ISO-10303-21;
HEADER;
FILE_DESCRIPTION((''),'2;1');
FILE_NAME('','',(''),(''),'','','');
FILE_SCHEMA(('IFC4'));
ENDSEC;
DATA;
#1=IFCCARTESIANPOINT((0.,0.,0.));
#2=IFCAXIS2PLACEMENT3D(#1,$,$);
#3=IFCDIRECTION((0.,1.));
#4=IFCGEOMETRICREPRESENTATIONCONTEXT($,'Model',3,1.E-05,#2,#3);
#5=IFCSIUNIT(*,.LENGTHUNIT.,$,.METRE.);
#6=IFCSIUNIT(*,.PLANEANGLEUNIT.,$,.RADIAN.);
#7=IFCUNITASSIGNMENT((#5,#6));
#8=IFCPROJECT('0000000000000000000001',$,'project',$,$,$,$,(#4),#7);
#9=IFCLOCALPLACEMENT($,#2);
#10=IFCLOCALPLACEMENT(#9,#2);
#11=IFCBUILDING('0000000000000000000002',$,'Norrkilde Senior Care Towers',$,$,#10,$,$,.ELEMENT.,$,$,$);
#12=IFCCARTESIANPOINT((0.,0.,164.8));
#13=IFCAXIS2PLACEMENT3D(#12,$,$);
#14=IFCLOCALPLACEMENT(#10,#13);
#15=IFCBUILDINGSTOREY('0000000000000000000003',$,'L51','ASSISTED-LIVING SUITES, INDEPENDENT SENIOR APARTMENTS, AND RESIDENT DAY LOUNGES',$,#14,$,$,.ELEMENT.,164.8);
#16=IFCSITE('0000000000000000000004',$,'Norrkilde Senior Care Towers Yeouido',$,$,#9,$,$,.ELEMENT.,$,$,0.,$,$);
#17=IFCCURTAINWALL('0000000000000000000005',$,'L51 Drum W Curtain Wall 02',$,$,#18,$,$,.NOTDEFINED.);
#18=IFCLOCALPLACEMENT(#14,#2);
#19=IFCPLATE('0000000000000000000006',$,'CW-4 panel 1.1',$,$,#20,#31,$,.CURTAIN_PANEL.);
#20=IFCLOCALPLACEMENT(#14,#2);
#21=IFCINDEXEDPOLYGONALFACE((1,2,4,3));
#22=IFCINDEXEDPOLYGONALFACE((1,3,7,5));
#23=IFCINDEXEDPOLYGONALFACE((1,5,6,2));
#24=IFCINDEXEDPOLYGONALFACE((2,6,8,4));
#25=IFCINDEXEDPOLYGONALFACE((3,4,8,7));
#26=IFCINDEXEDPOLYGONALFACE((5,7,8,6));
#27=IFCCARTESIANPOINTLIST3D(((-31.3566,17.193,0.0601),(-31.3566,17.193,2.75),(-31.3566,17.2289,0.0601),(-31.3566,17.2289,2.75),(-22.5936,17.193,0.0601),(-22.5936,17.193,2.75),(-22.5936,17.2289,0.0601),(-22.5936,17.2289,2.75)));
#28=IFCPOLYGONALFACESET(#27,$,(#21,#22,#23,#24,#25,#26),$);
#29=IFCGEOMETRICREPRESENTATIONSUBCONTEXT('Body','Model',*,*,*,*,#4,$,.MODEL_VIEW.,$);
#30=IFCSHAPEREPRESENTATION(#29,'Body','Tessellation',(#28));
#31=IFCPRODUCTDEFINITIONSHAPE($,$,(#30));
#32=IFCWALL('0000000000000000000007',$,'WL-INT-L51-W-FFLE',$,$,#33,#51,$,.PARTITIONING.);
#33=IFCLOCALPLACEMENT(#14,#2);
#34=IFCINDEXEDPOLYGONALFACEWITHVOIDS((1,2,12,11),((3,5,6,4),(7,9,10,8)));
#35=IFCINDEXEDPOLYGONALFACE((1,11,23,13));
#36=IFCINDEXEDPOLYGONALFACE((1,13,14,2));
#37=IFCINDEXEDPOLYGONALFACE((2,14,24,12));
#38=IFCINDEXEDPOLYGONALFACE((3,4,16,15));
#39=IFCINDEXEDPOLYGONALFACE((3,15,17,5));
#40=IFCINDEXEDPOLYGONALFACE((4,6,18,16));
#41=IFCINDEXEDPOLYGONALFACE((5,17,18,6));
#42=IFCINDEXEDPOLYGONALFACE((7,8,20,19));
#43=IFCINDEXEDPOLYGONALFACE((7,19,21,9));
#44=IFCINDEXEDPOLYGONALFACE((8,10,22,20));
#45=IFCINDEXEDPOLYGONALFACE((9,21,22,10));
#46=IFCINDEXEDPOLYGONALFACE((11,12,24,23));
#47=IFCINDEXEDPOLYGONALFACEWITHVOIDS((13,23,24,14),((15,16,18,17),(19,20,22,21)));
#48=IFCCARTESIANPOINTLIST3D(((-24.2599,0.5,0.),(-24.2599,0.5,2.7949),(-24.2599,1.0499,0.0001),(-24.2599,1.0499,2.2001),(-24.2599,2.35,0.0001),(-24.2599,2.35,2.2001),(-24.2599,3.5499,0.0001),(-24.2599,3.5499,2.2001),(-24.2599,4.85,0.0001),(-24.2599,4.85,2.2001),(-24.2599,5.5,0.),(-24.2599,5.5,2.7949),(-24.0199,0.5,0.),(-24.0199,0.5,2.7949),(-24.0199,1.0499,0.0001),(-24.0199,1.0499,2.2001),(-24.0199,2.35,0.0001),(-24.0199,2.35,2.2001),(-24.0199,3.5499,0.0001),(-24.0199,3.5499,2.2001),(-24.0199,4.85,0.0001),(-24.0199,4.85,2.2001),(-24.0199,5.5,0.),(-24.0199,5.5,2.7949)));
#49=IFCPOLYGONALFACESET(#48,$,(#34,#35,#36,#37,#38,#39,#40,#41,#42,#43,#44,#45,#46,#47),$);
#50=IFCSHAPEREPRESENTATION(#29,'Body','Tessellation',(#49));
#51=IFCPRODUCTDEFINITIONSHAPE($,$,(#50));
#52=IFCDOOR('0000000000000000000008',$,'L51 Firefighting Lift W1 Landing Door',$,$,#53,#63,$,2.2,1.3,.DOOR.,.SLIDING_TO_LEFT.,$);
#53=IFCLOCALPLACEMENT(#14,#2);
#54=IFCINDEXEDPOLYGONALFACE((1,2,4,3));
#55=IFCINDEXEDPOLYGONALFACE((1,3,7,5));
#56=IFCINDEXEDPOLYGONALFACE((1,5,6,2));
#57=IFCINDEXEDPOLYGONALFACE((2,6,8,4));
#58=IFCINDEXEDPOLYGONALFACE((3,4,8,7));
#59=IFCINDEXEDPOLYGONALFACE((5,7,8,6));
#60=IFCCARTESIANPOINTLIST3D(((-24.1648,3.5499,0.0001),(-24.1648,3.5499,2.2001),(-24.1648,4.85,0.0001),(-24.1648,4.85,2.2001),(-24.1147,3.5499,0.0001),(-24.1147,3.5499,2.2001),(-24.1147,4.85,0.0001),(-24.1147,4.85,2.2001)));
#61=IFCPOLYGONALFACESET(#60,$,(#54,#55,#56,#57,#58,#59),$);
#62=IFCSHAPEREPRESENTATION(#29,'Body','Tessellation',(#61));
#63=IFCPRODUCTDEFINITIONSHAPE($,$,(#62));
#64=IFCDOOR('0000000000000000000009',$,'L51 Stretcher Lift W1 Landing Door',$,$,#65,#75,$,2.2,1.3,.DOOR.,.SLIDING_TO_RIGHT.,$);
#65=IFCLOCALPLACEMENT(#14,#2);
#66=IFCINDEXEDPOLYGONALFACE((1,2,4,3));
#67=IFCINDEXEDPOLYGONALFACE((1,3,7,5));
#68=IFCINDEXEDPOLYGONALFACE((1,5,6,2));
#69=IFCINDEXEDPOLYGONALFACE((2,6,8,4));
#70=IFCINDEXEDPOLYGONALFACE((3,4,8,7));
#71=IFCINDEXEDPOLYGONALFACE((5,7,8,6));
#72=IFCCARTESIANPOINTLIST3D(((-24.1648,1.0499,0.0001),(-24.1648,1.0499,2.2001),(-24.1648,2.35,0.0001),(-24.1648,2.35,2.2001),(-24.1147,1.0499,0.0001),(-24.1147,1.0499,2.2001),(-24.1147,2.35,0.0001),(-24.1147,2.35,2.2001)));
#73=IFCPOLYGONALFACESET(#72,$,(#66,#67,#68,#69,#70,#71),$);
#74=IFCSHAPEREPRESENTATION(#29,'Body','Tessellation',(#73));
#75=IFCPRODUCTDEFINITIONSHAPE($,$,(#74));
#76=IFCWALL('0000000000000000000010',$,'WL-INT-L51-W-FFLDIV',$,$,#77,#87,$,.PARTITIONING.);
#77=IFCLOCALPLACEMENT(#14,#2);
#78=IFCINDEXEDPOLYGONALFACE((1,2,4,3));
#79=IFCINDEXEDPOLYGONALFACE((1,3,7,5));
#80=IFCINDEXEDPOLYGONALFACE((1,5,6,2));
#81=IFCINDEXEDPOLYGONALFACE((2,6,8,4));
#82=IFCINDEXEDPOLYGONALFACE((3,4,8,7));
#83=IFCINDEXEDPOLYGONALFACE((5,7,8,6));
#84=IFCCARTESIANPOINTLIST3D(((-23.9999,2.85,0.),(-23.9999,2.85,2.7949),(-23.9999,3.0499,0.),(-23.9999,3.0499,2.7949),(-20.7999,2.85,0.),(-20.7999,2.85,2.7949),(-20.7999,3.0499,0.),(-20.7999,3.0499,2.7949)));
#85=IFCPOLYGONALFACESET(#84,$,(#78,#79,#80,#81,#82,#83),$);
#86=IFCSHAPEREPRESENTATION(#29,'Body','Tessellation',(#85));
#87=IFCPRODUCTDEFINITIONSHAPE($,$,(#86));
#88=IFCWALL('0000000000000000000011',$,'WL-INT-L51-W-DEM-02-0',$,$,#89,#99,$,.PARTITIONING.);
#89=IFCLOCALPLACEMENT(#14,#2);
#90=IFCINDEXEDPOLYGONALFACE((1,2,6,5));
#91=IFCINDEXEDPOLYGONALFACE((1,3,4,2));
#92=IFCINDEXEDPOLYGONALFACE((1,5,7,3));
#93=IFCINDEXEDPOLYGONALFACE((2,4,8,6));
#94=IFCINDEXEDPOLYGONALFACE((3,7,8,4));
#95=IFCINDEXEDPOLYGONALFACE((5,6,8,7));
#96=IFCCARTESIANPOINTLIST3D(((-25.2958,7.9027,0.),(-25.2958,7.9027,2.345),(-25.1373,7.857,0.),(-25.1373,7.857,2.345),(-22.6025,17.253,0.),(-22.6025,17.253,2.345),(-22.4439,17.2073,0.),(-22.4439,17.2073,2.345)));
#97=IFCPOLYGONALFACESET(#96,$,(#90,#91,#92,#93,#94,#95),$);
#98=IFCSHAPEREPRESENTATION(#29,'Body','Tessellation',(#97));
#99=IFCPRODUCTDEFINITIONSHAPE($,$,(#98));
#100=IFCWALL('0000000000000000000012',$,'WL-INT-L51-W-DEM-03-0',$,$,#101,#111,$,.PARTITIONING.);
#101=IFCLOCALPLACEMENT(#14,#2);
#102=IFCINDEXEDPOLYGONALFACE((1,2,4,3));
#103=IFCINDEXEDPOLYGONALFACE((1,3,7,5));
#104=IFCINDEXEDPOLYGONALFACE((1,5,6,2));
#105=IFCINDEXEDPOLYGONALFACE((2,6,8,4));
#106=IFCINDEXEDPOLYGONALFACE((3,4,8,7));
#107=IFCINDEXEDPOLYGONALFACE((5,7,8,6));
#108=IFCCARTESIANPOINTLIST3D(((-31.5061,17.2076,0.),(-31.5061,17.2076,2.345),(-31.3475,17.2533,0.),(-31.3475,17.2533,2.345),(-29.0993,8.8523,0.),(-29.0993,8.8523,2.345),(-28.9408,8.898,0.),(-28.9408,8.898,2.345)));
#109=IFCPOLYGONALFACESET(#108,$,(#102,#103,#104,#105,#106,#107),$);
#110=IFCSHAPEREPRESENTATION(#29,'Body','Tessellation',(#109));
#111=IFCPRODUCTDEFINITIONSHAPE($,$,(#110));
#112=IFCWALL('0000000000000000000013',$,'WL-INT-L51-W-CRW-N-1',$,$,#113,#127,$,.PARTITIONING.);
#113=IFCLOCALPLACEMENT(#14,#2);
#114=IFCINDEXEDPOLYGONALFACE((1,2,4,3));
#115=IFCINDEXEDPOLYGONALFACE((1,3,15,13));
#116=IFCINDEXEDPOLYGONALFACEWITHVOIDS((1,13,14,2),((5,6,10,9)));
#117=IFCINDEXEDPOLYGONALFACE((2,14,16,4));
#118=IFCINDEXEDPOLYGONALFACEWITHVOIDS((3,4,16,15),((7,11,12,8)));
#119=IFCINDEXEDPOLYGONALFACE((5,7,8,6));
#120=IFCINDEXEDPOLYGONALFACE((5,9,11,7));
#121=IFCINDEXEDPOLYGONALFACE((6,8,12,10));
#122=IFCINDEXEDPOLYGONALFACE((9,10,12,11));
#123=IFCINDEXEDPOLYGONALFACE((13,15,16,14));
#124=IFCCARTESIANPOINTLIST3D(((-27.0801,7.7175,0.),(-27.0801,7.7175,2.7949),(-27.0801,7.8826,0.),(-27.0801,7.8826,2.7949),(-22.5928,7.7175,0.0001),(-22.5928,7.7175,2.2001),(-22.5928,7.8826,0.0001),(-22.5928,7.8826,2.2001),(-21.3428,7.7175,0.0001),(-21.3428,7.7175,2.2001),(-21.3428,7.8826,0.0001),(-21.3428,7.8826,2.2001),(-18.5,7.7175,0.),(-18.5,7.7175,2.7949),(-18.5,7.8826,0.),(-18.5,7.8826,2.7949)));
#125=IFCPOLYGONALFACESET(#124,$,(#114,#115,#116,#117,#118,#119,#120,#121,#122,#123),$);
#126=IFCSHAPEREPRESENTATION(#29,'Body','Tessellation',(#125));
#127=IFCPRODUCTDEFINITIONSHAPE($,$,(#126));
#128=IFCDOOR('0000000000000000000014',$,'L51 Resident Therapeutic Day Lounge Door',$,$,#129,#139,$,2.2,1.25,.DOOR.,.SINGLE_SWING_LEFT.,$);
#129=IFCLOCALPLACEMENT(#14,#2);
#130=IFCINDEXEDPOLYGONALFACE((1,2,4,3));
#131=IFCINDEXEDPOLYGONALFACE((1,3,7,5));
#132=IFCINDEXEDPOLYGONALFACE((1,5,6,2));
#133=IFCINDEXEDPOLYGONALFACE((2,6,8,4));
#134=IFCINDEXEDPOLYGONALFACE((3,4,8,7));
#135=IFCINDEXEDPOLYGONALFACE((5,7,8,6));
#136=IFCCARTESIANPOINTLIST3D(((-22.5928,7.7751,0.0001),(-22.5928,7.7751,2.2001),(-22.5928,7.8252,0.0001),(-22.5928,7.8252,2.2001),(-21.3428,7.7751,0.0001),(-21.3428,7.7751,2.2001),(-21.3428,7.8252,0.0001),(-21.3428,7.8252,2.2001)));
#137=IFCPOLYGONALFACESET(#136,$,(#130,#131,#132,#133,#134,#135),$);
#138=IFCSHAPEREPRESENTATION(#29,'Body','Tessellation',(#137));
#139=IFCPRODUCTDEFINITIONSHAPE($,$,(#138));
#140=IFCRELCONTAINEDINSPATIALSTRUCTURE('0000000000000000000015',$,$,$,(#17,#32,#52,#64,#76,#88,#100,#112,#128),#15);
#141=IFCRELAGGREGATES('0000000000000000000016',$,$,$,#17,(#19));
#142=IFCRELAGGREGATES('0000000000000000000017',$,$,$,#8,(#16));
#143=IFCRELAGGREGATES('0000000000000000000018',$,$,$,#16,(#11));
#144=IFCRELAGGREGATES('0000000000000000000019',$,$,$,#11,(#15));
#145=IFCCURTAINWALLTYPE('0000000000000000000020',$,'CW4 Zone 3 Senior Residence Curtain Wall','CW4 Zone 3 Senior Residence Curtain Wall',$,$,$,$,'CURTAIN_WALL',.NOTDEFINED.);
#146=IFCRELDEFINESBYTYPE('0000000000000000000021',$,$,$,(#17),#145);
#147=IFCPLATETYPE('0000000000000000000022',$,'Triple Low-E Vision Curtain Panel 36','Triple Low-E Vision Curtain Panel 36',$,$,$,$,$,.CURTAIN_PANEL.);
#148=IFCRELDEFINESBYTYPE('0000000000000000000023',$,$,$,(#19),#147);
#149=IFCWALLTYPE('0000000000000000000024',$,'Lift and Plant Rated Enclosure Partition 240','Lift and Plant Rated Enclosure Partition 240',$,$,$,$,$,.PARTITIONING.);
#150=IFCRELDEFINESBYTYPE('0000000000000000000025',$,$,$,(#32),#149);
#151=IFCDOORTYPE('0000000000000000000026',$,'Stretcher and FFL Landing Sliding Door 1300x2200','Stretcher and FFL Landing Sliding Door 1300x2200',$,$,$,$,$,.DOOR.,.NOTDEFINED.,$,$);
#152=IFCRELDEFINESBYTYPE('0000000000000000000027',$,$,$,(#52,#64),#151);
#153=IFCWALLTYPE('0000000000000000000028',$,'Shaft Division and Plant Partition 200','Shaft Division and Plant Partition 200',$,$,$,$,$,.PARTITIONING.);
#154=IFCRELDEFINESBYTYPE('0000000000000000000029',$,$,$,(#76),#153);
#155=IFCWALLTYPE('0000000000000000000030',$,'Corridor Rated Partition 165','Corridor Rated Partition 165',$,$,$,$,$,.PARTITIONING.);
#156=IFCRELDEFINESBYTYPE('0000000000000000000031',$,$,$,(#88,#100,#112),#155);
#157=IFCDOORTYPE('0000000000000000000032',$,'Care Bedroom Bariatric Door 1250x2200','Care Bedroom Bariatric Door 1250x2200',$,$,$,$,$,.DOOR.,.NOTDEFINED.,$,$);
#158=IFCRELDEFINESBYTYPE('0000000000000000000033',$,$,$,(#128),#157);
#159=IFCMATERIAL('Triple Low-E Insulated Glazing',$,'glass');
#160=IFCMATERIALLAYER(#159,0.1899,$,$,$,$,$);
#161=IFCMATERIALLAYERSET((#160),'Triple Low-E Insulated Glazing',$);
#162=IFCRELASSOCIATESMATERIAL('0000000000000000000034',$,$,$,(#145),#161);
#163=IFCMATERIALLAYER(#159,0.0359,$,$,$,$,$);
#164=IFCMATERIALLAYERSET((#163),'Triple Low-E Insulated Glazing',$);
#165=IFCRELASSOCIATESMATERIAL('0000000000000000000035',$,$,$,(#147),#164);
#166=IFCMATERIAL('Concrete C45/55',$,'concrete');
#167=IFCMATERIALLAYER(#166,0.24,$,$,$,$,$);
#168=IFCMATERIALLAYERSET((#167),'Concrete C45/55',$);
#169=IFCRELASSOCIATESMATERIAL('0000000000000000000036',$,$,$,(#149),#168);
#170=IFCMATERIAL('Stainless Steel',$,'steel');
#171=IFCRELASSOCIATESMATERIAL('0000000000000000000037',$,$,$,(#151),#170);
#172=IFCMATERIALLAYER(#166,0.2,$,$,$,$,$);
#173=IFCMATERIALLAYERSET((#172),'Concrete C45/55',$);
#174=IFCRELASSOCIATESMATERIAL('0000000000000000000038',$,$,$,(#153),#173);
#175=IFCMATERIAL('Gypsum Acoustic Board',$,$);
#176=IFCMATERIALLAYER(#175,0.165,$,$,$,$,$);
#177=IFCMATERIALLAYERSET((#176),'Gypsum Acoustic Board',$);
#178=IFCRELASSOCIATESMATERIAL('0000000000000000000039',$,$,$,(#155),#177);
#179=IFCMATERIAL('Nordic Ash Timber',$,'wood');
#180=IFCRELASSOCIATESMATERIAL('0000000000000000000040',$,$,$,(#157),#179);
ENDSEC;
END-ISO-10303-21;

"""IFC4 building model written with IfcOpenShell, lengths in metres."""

from ifc_helpers import new_model, si_unit, direction, frame, frame_2d, origin, origin_2d, place, context, subcontext, project, spatial, rectangle, extrude, source, transform, mapped, material, layer, layer_set, type_object, type_shapes, element, fill, aggregate, save


model = new_model("IFC4")

# Units and contexts
model_context = context("Model", 3, precision=1e-05, world=origin(), true_north=direction((0.0, 1.0)))
body_context = subcontext(model_context, "Body", "Model", "MODEL_VIEW")
ifc_project = project(units=[si_unit("LENGTHUNIT", "METRE"), si_unit("PLANEANGLEUNIT", "RADIAN")], contexts=[model_context])

# Site, building, storey
site_placement = place(None, origin())
site = spatial("IfcSite", under=ifc_project, at=site_placement, Name="Norrkilde Senior Care Towers Yeouido", CompositionType="ELEMENT", RefElevation=0.0)
building_placement = place(site_placement, origin())
building = spatial("IfcBuilding", under=site, at=building_placement, Name="Norrkilde Senior Care Towers", CompositionType="ELEMENT")
storey_placement = place(building_placement, frame((0.0, 0.0, 164.8)))
storey = spatial("IfcBuildingStorey", under=building, at=storey_placement, Name="L51", Description="ASSISTED-LIVING SUITES, INDEPENDENT SENIOR APARTMENTS, AND RESIDENT DAY LOUNGES", CompositionType="ELEMENT", Elevation=164.8)

# Curtain wall
ifc_material_1 = material(Name="Triple Low-E Insulated Glazing", Category="glass")
ifc_layer_1 = layer(ifc_material_1, 0.1899)
ifc_layer_set_1 = layer_set([ifc_layer_1], Name="Triple Low-E Insulated Glazing")
curtain_wall_type = type_object("IfcCurtainWallType", Name="CW4 Zone 3 Senior Residence Curtain Wall", Description="CW4 Zone 3 Senior Residence Curtain Wall", ElementType="CURTAIN_WALL", PredefinedType="NOTDEFINED", material=ifc_layer_set_1)
curtain_wall_1_placement = place(storey_placement, origin())
curtain_wall_1 = element("IfcCurtainWall", 1, at=curtain_wall_1_placement, inside=storey, type_object=curtain_wall_type, Name="L51 Drum W Curtain Wall 02", PredefinedType="NOTDEFINED")

# Plate
ifc_layer_2 = layer(ifc_material_1, 0.0359)
ifc_layer_set_2 = layer_set([ifc_layer_2], Name="Triple Low-E Insulated Glazing")
plate_type = type_object("IfcPlateType", Name="Triple Low-E Vision Curtain Panel 36", Description="Triple Low-E Vision Curtain Panel 36", PredefinedType="CURTAIN_PANEL", material=ifc_layer_set_2)
shared_shape_1 = source(origin(), body_context, "Body", "SweptSolid", [
    extrude(rectangle(XDim=8.7629, YDim=0.0359, at=origin_2d()), origin(), (0.0, 0.0, 1.0), 2.6899),
])
plate_1_placement = place(storey_placement, frame((-26.9751, 17.2109, 0.0601), z_axis=(0.0, 0.0, 1.0), x_axis=(1.0, 0.0, 0.0)))
plate_1 = element("IfcPlate", 2, at=plate_1_placement, type_object=plate_type, Name="CW-4 panel 1.1", PredefinedType="CURTAIN_PANEL", context=body_context, shape_type="MappedRepresentation", body=[
    mapped(shared_shape_1, transform((0.0, 0.0, 0.0), x_axis=(1.0, 0.0, 0.0), y_axis=(0.0, 1.0, 0.0), z_axis=(0.0, 0.0, 1.0), scale=1.0)),
])
aggregate(curtain_wall_1, [plate_1])

# Shared definitions
ifc_material_2 = material(Name="Concrete C45/55", Category="concrete")

# Wall, openings, doors
ifc_layer_3 = layer(ifc_material_2, 0.24)
ifc_layer_set_3 = layer_set([ifc_layer_3], Name="Concrete C45/55")
wall_type_1 = type_object("IfcWallType", Name="Lift and Plant Rated Enclosure Partition 240", Description="Lift and Plant Rated Enclosure Partition 240", PredefinedType="PARTITIONING", material=ifc_layer_set_3)
shared_shape_2 = source(origin(), body_context, "Body", "SweptSolid", [
    extrude(rectangle(XDim=5.0, YDim=0.24, at=frame_2d((2.5, 0.0))), origin(), (0.0, 0.0, 1.0), 2.7949),
])
type_shapes(wall_type_1, [shared_shape_2])
wall_1_placement = place(storey_placement, frame((-24.1399, 0.5, 0.0), z_axis=(0.0, 0.0, 1.0), x_axis=(0.0, 1.0, 0.0)))
wall_1 = element("IfcWall", 3, at=wall_1_placement, inside=storey, type_object=wall_type_1, Name="WL-INT-L51-W-FFLE", PredefinedType="PARTITIONING", context=body_context, shape_type="MappedRepresentation", body=[
    mapped(shared_shape_2, transform((0.0, 0.0, 0.0), x_axis=(1.0, 0.0, 0.0), y_axis=(0.0, 1.0, 0.0), z_axis=(0.0, 0.0, 1.0), scale=1.0)),
])
opening_1_placement = place(wall_1_placement, frame((3.05, 0.0, 0.0)))
opening_1 = element("IfcOpeningElement", 4, at=opening_1_placement, cuts=wall_1, PredefinedType="OPENING", context=body_context, shape_type="SweptSolid", body=[
    extrude(rectangle(XDim=1.3, YDim=2.2, at=frame_2d((0.6499, 1.1001))), frame((0.0, 0.1299, 0.0), z_axis=(0.0, -1.0, 0.0), x_axis=(1.0, 0.0, 0.0)), (0.0, 0.0, 1.0), 0.26),
])
opening_2_placement = place(wall_1_placement, frame((0.55, 0.0, 0.0)))
opening_2 = element("IfcOpeningElement", 5, at=opening_2_placement, cuts=wall_1, PredefinedType="OPENING", context=body_context, shape_type="SweptSolid", body=[
    extrude(rectangle(XDim=1.3, YDim=2.2, at=frame_2d((0.6499, 1.1001))), frame((0.0, 0.1299, 0.0), z_axis=(0.0, -1.0, 0.0), x_axis=(1.0, 0.0, 0.0)), (0.0, 0.0, 1.0), 0.26),
])
ifc_material_3 = material(Name="Stainless Steel", Category="steel")
door_type_1 = type_object("IfcDoorType", Name="Stretcher and FFL Landing Sliding Door 1300x2200", Description="Stretcher and FFL Landing Sliding Door 1300x2200", OperationType="NOTDEFINED", PredefinedType="DOOR", material=ifc_material_3)
shared_shape_3 = source(origin(), body_context, "Body", "SweptSolid", [
    extrude(rectangle(XDim=1.3, YDim=2.2, at=frame_2d((0.6499, 1.1001))), frame((0.0, 0.0249, 0.0), z_axis=(0.0, -1.0, 0.0), x_axis=(1.0, 0.0, 0.0)), (0.0, 0.0, 1.0), 0.05),
])
type_shapes(door_type_1, [shared_shape_3])
door_1_placement = place(opening_1_placement, origin())
door_1 = element("IfcDoor", 6, at=door_1_placement, inside=storey, type_object=door_type_1, Name="L51 Firefighting Lift W1 Landing Door", OperationType="SLIDING_TO_LEFT", OverallHeight=2.2, OverallWidth=1.3, PredefinedType="DOOR", context=body_context, shape_type="MappedRepresentation", body=[
    mapped(shared_shape_3, transform((0.0, 0.0, 0.0), x_axis=(1.0, 0.0, 0.0), y_axis=(0.0, 1.0, 0.0), z_axis=(0.0, 0.0, 1.0), scale=1.0)),
])
fill(opening_1, door_1)
door_2_placement = place(opening_2_placement, origin())
door_2 = element("IfcDoor", 7, at=door_2_placement, inside=storey, type_object=door_type_1, Name="L51 Stretcher Lift W1 Landing Door", OperationType="SLIDING_TO_RIGHT", OverallHeight=2.2, OverallWidth=1.3, PredefinedType="DOOR", context=body_context, shape_type="MappedRepresentation", body=[
    mapped(shared_shape_3, transform((0.0, 0.0, 0.0), x_axis=(1.0, 0.0, 0.0), y_axis=(0.0, 1.0, 0.0), z_axis=(0.0, 0.0, 1.0), scale=1.0)),
])
fill(opening_2, door_2)

# Wall
ifc_layer_4 = layer(ifc_material_2, 0.2)
ifc_layer_set_4 = layer_set([ifc_layer_4], Name="Concrete C45/55")
wall_type_2 = type_object("IfcWallType", Name="Shaft Division and Plant Partition 200", Description="Shaft Division and Plant Partition 200", PredefinedType="PARTITIONING", material=ifc_layer_set_4)
shared_shape_4 = source(origin(), body_context, "Body", "SweptSolid", [
    extrude(rectangle(XDim=3.2, YDim=0.2, at=frame_2d((1.6001, 0.0))), origin(), (0.0, 0.0, 1.0), 2.7949),
])
type_shapes(wall_type_2, [shared_shape_4])
wall_2_placement = place(storey_placement, frame((-24.0, 2.95, 0.0), z_axis=(0.0, 0.0, 1.0), x_axis=(1.0, 0.0, 0.0)))
element("IfcWall", 8, at=wall_2_placement, inside=storey, type_object=wall_type_2, Name="WL-INT-L51-W-FFLDIV", PredefinedType="PARTITIONING", context=body_context, shape_type="MappedRepresentation", body=[
    mapped(shared_shape_4, transform((0.0, 0.0, 0.0), x_axis=(1.0, 0.0, 0.0), y_axis=(0.0, 1.0, 0.0), z_axis=(0.0, 0.0, 1.0), scale=1.0)),
])

# Walls
ifc_material_4 = material(Name="Gypsum Acoustic Board")
ifc_layer_5 = layer(ifc_material_4, 0.165)
ifc_layer_set_5 = layer_set([ifc_layer_5], Name="Gypsum Acoustic Board")
wall_type_3 = type_object("IfcWallType", Name="Corridor Rated Partition 165", Description="Corridor Rated Partition 165", PredefinedType="PARTITIONING", material=ifc_layer_set_5)
shared_shape_5 = source(origin(), body_context, "Body", "SweptSolid", [
    extrude(rectangle(XDim=9.7305, YDim=0.165, at=frame_2d((4.8652, 0.0))), origin(), (0.0, 0.0, 1.0), 2.345),
])
wall_3_placement = place(storey_placement, frame((-25.2166, 7.8799, 0.0), z_axis=(0.0, 0.0, 1.0), x_axis=(0.276795, 0.960929, 0.0)))
element("IfcWall", 9, at=wall_3_placement, inside=storey, type_object=wall_type_3, Name="WL-INT-L51-W-DEM-02-0", PredefinedType="PARTITIONING", context=body_context, shape_type="MappedRepresentation", body=[
    mapped(shared_shape_5, transform((0.0, 0.0, 0.0), x_axis=(1.0, 0.0, 0.0), y_axis=(0.0, 1.0, 0.0), z_axis=(0.0, 0.0, 1.0), scale=1.0)),
])
shared_shape_6 = source(origin(), body_context, "Body", "SweptSolid", [
    extrude(rectangle(XDim=8.6951, YDim=0.165, at=frame_2d((4.3477, 0.0))), origin(), (0.0, 0.0, 1.0), 2.345),
])
wall_4_placement = place(storey_placement, frame((-29.02, 8.875, 0.0), z_axis=(0.0, 0.0, 1.0), x_axis=(-0.276797, 0.960928, 0.0)))
element("IfcWall", 10, at=wall_4_placement, inside=storey, type_object=wall_type_3, Name="WL-INT-L51-W-DEM-03-0", PredefinedType="PARTITIONING", context=body_context, shape_type="MappedRepresentation", body=[
    mapped(shared_shape_6, transform((0.0, 0.0, 0.0), x_axis=(1.0, 0.0, 0.0), y_axis=(0.0, 1.0, 0.0), z_axis=(0.0, 0.0, 1.0), scale=1.0)),
])

# Wall, opening, door
shared_shape_7 = source(origin(), body_context, "Body", "SweptSolid", [
    extrude(rectangle(XDim=8.5801, YDim=0.165, at=frame_2d((4.29, 0.0))), origin(), (0.0, 0.0, 1.0), 2.7949),
])
wall_5_placement = place(storey_placement, frame((-27.0801, 7.8, 0.0), z_axis=(0.0, 0.0, 1.0), x_axis=(1.0, 0.0, 0.0)))
wall_5 = element("IfcWall", 11, at=wall_5_placement, inside=storey, type_object=wall_type_3, Name="WL-INT-L51-W-CRW-N-1", PredefinedType="PARTITIONING", context=body_context, shape_type="MappedRepresentation", body=[
    mapped(shared_shape_7, transform((0.0, 0.0, 0.0), x_axis=(1.0, 0.0, 0.0), y_axis=(0.0, 1.0, 0.0), z_axis=(0.0, 0.0, 1.0), scale=1.0)),
])
opening_3_placement = place(wall_5_placement, frame((4.4873, 0.0, 0.0)))
opening_3 = element("IfcOpeningElement", 12, at=opening_3_placement, cuts=wall_5, PredefinedType="OPENING", context=body_context, shape_type="SweptSolid", body=[
    extrude(rectangle(XDim=1.25, YDim=2.2, at=frame_2d((0.625, 1.1001))), frame((0.0, 0.0925, 0.0), z_axis=(0.0, -1.0, 0.0), x_axis=(1.0, 0.0, 0.0)), (0.0, 0.0, 1.0), 0.1851),
])
ifc_material_5 = material(Name="Nordic Ash Timber", Category="wood")
door_type_2 = type_object("IfcDoorType", Name="Care Bedroom Bariatric Door 1250x2200", Description="Care Bedroom Bariatric Door 1250x2200", OperationType="NOTDEFINED", PredefinedType="DOOR", material=ifc_material_5)
shared_shape_8 = source(origin(), body_context, "Body", "SweptSolid", [
    extrude(rectangle(XDim=1.25, YDim=2.2, at=frame_2d((0.625, 1.1001))), frame((0.0, 0.0249, 0.0), z_axis=(0.0, -1.0, 0.0), x_axis=(1.0, 0.0, 0.0)), (0.0, 0.0, 1.0), 0.05),
])
type_shapes(door_type_2, [shared_shape_8])
door_3_placement = place(opening_3_placement, frame((1.25, 0.0, 0.0), z_axis=(0.0, 0.0, 1.0), x_axis=(-1.0, 0.0, 0.0)))
door_3 = element("IfcDoor", 13, at=door_3_placement, inside=storey, type_object=door_type_2, Name="L51 Resident Therapeutic Day Lounge Door", OperationType="SINGLE_SWING_LEFT", OverallHeight=2.2, OverallWidth=1.25, PredefinedType="DOOR", context=body_context, shape_type="MappedRepresentation", body=[
    mapped(shared_shape_8, transform((0.0, 0.0, 0.0), x_axis=(1.0, 0.0, 0.0), y_axis=(0.0, 1.0, 0.0), z_axis=(0.0, 0.0, 1.0), scale=1.0)),
])
fill(opening_3, door_3)

save(model, "model.ifc")
